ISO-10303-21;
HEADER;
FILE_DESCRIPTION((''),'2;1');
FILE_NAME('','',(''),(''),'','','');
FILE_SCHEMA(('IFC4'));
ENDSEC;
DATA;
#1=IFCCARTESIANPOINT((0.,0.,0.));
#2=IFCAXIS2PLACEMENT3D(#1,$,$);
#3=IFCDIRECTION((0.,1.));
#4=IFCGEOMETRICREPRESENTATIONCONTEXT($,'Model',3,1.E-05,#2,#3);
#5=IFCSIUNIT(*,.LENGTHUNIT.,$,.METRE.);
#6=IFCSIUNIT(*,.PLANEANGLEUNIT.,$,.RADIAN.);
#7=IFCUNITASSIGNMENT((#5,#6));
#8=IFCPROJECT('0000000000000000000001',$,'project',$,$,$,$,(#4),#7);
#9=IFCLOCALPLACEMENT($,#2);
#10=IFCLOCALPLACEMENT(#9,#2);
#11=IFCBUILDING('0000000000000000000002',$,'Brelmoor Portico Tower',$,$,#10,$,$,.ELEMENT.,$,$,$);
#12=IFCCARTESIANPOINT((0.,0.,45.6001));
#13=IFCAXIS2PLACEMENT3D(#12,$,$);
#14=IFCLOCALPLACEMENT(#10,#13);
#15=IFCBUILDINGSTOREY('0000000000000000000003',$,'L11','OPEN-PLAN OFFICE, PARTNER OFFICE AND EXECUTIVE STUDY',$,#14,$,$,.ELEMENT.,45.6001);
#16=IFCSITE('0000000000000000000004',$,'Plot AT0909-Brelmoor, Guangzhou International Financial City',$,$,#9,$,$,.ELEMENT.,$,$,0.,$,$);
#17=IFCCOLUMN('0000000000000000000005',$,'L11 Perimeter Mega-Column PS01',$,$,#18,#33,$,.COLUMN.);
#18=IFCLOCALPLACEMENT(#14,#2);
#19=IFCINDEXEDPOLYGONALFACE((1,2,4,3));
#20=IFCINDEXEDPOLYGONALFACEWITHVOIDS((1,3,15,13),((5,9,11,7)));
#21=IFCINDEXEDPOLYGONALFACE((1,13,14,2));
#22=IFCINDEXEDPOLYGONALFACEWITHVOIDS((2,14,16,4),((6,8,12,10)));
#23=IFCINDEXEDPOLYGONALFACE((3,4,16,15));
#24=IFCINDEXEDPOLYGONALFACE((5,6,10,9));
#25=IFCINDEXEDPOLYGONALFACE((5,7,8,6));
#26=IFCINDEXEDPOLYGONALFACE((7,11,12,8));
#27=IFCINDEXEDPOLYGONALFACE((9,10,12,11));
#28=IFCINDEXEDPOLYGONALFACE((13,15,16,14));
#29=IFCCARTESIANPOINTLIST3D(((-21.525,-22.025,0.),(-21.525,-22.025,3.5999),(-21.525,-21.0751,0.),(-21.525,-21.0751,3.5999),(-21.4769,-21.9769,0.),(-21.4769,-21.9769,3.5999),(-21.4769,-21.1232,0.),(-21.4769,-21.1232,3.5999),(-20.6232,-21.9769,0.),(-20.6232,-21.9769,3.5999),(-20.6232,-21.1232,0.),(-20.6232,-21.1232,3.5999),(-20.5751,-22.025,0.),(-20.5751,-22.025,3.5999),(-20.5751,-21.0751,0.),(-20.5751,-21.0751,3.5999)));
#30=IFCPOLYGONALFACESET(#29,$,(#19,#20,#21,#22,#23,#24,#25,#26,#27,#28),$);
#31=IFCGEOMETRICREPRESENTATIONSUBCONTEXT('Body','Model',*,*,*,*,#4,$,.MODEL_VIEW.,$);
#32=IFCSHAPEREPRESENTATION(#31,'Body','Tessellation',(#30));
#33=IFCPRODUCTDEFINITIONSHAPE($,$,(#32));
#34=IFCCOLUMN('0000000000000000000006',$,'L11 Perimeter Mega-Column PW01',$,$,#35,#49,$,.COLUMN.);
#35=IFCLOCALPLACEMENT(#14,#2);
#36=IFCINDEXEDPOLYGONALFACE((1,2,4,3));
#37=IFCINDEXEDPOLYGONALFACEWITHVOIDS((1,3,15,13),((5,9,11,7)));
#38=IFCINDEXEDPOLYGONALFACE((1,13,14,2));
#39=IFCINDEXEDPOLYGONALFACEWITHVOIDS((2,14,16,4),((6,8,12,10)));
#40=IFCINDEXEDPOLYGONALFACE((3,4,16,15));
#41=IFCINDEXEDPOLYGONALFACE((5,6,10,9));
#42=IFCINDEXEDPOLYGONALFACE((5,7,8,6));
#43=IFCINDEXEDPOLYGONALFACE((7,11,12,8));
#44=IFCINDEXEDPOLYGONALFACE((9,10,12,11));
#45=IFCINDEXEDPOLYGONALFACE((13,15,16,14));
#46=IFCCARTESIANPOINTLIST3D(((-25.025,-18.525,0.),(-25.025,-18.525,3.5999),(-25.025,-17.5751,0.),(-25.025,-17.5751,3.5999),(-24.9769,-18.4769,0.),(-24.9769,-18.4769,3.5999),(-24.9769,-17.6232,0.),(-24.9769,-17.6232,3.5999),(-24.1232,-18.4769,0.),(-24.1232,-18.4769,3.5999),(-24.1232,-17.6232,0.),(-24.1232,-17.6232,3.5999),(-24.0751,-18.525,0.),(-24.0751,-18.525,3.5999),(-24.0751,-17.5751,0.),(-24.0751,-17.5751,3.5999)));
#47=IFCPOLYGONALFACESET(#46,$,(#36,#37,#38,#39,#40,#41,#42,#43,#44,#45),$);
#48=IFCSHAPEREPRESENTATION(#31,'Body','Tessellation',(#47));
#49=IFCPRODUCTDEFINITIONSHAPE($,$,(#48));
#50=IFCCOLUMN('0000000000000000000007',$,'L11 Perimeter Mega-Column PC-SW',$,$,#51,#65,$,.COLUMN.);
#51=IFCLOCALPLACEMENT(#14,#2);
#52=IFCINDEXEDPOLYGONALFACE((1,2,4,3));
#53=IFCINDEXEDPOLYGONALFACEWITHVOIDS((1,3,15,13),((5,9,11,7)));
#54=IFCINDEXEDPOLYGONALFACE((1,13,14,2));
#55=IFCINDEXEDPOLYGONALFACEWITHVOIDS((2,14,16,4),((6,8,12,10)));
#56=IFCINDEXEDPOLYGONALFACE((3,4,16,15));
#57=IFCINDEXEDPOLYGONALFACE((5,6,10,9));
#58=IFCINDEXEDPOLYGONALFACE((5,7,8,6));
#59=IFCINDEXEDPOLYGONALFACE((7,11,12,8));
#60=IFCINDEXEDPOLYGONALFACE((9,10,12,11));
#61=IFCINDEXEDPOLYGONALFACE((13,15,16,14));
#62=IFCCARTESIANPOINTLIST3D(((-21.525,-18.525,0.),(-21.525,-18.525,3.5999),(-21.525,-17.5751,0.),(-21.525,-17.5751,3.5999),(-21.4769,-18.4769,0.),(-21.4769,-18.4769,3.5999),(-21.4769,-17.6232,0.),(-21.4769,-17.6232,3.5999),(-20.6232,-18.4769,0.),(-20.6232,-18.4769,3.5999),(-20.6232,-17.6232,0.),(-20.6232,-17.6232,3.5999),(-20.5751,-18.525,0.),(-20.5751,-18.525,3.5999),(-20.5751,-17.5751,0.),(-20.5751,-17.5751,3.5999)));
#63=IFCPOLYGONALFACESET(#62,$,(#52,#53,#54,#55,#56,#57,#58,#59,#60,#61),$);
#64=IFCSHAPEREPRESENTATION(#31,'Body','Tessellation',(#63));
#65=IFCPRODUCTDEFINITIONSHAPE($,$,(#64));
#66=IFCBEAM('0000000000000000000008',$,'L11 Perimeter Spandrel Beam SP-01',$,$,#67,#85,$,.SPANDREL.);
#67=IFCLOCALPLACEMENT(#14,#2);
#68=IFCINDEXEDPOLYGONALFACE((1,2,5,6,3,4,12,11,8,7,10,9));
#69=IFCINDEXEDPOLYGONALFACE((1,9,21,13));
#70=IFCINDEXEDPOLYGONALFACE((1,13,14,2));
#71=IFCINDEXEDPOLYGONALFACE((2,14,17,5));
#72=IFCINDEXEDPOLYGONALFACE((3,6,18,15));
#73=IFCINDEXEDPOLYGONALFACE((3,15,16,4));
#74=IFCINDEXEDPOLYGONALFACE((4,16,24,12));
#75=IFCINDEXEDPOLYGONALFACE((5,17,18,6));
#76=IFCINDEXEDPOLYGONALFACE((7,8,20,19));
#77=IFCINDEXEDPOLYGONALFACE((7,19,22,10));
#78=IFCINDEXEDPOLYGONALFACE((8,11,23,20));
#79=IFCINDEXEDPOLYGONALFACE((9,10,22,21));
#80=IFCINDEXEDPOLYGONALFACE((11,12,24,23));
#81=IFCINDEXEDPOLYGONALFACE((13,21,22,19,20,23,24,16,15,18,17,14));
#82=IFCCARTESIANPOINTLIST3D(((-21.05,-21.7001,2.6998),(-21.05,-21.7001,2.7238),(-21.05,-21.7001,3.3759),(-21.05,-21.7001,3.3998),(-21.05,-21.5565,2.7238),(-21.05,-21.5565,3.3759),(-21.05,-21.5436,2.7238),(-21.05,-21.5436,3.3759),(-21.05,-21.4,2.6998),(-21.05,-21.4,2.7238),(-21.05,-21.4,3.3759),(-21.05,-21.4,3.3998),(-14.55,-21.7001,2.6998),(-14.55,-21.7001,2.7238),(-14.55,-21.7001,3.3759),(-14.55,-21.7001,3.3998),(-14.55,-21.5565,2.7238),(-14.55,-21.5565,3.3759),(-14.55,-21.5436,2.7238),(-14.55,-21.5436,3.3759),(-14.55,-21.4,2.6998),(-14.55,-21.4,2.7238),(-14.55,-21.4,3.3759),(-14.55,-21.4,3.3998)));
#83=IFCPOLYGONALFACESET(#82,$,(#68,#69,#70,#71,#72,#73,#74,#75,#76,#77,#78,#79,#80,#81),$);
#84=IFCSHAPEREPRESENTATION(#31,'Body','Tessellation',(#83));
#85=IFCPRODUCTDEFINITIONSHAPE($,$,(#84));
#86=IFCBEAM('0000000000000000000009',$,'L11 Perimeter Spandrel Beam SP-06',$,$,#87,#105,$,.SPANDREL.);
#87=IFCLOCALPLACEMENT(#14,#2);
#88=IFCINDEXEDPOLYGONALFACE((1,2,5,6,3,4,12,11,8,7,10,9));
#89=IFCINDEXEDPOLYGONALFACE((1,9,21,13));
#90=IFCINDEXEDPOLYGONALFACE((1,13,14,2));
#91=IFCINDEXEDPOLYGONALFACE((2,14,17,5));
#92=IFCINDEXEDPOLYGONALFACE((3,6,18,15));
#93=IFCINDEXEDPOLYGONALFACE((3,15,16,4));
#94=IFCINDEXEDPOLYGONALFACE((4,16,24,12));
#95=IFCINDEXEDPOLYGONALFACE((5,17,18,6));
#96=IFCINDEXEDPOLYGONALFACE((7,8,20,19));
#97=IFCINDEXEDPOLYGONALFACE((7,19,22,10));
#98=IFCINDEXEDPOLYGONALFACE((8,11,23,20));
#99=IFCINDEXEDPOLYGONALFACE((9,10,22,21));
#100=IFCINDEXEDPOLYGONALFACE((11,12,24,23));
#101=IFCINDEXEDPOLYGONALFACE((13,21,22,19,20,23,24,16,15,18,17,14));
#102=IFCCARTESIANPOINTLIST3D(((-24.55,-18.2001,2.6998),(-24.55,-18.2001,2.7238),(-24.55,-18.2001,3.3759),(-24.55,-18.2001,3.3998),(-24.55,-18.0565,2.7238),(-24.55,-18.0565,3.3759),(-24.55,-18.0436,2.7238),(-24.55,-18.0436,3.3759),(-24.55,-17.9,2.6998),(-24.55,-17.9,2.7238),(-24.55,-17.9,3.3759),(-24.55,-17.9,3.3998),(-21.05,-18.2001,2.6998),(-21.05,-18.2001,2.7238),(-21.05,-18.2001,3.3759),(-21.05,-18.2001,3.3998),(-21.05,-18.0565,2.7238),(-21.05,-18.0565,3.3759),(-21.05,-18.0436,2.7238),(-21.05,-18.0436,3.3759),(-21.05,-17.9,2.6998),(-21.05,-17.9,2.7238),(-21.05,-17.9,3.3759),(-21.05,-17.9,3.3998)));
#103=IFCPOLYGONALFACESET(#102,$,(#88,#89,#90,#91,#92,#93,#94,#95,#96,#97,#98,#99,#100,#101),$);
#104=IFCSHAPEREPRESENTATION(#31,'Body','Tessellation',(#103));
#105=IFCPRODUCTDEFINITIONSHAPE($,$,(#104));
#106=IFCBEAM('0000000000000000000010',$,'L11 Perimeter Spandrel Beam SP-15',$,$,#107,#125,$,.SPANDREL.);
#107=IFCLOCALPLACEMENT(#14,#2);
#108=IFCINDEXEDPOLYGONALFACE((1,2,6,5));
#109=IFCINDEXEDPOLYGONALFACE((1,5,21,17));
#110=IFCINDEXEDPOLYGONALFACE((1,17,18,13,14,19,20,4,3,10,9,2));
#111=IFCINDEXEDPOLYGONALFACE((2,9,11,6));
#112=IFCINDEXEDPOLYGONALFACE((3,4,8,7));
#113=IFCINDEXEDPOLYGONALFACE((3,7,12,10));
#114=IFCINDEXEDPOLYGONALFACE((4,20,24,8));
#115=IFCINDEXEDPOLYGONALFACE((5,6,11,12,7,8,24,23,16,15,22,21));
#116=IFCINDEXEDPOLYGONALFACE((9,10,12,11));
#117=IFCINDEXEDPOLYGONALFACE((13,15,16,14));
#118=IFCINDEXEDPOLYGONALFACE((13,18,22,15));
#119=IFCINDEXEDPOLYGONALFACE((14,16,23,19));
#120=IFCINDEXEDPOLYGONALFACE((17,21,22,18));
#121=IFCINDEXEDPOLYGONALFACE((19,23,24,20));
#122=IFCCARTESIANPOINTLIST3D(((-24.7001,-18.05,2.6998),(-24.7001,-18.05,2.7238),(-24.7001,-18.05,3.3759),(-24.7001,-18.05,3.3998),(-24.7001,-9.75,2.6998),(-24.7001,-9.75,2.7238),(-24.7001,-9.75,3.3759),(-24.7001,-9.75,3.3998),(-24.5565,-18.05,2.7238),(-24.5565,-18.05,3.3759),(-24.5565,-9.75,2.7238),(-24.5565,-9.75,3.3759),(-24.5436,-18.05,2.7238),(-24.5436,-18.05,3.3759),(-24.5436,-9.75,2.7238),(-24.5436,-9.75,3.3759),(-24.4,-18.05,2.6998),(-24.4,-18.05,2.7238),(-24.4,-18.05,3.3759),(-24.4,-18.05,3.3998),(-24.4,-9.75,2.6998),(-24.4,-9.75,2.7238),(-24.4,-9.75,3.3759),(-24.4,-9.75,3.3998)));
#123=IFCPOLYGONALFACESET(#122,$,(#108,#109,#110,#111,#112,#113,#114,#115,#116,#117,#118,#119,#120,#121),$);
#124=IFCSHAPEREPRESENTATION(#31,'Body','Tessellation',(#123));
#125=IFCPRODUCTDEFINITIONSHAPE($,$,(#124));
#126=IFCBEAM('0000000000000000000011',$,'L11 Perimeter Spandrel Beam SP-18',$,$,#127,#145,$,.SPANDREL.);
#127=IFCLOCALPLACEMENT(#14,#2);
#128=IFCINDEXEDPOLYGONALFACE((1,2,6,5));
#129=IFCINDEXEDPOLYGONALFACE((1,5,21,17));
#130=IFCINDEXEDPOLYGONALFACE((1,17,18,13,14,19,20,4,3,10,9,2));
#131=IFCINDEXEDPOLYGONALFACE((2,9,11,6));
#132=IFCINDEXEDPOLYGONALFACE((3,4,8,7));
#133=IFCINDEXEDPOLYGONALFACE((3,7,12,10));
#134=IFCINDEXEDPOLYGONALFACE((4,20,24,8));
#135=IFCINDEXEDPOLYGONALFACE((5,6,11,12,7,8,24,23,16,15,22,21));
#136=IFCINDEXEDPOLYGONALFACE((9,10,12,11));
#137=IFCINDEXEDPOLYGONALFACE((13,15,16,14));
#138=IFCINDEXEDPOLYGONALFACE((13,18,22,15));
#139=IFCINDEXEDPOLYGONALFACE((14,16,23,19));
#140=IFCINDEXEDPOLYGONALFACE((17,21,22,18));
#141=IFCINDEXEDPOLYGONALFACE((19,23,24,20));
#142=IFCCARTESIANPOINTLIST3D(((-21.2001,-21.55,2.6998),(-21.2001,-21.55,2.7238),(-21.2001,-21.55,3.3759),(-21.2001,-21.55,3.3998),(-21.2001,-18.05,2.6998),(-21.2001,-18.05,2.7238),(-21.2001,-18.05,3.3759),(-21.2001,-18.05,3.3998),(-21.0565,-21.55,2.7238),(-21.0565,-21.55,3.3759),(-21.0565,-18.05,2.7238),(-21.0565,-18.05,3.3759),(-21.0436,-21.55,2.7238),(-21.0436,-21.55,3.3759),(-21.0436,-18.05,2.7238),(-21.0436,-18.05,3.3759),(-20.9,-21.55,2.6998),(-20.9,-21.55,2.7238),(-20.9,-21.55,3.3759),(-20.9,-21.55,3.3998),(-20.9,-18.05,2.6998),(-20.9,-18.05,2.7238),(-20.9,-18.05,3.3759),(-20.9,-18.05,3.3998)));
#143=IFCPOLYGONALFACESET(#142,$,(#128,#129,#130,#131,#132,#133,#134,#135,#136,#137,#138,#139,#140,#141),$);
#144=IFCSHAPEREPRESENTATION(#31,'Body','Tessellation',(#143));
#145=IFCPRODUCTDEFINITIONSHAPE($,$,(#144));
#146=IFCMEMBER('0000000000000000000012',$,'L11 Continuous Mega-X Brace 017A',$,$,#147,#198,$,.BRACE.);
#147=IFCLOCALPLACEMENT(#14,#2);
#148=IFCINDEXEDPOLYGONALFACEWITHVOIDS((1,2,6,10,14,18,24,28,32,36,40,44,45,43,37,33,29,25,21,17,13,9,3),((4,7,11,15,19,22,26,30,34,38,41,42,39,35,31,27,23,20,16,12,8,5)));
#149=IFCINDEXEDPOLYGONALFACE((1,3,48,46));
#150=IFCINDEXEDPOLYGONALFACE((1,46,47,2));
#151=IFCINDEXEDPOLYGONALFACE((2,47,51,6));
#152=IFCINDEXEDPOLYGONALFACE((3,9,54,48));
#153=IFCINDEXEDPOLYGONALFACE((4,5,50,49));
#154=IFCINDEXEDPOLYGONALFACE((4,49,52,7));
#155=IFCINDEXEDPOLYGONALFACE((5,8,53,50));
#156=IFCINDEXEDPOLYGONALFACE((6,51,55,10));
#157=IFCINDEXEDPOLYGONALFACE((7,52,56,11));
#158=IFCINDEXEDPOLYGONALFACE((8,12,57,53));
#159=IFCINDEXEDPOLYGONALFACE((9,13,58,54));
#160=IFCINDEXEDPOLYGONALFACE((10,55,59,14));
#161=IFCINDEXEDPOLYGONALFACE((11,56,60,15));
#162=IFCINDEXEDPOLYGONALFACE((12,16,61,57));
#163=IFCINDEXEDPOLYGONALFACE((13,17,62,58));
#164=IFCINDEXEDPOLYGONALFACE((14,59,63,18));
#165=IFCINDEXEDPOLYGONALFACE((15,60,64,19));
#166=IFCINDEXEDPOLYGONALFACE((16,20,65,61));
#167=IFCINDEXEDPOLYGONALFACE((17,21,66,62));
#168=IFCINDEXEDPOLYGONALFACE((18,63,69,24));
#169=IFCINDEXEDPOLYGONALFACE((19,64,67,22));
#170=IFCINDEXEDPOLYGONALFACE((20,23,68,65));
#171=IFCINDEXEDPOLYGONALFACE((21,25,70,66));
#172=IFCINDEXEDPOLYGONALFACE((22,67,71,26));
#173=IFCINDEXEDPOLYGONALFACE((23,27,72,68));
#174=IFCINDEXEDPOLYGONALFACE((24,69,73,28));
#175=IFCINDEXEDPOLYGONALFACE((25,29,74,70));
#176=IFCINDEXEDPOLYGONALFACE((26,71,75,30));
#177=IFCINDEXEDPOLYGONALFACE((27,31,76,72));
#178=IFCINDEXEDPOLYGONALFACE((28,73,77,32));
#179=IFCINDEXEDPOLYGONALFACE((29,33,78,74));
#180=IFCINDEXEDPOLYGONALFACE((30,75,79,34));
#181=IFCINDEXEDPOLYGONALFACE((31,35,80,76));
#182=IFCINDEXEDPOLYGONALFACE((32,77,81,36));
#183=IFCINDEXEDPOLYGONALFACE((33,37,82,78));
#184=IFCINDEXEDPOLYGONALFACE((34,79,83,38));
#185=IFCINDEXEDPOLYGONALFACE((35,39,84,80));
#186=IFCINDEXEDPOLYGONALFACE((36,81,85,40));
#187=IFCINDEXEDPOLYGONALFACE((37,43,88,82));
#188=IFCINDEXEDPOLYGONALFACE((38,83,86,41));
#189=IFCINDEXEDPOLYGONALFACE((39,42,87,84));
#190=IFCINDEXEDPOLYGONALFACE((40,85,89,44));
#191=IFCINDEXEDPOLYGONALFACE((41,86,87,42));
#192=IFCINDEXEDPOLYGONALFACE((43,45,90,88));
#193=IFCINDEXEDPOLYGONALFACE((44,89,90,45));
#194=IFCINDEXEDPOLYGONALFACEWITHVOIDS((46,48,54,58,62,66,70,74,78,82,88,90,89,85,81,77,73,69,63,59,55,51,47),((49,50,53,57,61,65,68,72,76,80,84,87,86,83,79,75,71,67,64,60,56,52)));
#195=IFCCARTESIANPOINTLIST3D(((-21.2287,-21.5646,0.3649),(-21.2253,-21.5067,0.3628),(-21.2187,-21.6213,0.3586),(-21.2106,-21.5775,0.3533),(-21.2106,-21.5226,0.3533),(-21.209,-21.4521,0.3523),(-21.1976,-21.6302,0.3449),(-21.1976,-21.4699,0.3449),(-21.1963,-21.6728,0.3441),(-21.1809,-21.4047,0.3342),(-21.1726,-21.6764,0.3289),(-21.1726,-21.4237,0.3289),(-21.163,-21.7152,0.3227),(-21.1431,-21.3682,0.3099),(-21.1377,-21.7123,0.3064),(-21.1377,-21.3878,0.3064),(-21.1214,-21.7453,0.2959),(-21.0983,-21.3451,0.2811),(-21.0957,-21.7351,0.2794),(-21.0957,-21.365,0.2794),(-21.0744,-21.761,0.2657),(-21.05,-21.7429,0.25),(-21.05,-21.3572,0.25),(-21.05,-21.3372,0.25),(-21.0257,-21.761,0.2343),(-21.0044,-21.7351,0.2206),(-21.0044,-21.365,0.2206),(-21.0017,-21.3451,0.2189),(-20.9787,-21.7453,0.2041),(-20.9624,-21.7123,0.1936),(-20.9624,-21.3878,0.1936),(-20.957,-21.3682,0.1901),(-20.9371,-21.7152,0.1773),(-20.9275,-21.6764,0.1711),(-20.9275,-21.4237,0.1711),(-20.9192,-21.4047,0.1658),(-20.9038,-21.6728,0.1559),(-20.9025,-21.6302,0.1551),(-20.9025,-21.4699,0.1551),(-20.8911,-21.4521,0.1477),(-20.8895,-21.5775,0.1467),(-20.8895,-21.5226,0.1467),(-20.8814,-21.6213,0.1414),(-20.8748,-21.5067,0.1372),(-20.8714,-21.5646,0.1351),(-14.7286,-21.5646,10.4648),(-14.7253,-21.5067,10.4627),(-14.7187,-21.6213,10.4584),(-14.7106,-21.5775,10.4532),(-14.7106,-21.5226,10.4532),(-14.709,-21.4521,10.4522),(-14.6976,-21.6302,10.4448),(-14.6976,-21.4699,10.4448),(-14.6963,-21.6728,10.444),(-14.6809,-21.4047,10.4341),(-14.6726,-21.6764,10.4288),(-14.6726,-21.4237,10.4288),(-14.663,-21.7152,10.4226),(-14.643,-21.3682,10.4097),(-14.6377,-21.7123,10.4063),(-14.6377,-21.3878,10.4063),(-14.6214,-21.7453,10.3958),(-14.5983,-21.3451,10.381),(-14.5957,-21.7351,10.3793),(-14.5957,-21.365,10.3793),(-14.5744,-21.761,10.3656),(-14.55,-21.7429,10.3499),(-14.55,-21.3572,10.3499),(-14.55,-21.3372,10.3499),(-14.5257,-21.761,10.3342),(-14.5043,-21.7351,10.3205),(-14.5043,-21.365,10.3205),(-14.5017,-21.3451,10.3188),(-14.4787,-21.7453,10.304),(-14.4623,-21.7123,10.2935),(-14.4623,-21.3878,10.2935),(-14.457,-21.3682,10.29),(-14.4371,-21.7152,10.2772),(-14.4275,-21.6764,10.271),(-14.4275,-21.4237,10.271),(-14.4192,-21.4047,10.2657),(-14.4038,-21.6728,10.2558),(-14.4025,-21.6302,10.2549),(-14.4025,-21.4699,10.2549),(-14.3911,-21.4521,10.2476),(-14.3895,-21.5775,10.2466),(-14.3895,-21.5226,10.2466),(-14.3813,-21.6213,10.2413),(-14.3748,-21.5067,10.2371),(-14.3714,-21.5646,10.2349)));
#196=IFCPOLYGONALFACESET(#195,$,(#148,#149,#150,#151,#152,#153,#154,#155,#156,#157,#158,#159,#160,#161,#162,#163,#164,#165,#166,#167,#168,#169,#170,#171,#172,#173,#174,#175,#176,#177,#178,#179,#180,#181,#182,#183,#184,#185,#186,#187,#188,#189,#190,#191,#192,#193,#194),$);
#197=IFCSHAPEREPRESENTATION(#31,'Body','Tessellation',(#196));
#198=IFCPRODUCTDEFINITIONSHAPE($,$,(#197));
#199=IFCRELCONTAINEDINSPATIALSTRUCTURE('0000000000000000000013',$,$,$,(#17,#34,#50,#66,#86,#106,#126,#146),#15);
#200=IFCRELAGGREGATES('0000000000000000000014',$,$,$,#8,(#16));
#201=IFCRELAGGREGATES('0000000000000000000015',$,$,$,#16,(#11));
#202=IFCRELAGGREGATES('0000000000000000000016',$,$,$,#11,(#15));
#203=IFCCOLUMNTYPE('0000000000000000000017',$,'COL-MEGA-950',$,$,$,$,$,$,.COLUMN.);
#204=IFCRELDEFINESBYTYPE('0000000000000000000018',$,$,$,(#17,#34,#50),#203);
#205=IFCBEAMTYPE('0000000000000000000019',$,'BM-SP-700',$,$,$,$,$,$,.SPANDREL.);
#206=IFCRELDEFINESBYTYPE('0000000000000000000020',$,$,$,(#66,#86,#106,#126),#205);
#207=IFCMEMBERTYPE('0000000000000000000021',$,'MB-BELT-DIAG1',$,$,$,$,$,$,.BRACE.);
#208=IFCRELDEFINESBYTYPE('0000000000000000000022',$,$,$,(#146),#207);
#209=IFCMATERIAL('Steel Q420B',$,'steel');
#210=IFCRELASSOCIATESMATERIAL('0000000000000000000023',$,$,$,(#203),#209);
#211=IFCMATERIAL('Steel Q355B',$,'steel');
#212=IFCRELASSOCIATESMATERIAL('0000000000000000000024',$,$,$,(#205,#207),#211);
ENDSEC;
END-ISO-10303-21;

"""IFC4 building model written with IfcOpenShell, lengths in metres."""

from ifc_helpers import new_model, si_unit, direction, frame, origin, origin_2d, place, context, subcontext, project, spatial, hollow_rectangle, hollow_circle, i_section, extrude, material, material_profile, profile_set, type_object, element, save


model = new_model("IFC4")

# Units and contexts
model_context = context("Model", 3, precision=1e-05, world=origin(), true_north=direction((0.0, 1.0)))
body_context = subcontext(model_context, "Body", "Model", "MODEL_VIEW")
ifc_project = project(units=[si_unit("LENGTHUNIT", "METRE"), si_unit("PLANEANGLEUNIT", "RADIAN")], contexts=[model_context])

# Site, building, storey
site_placement = place(None, origin())
site = spatial("IfcSite", under=ifc_project, at=site_placement, Name="Plot AT0909-Brelmoor, Guangzhou International Financial City", CompositionType="ELEMENT", RefElevation=0.0)
building_placement = place(site_placement, origin())
building = spatial("IfcBuilding", under=site, at=building_placement, Name="Brelmoor Portico Tower", CompositionType="ELEMENT")
storey_placement = place(building_placement, frame((0.0, 0.0, 45.6001)))
storey = spatial("IfcBuildingStorey", under=building, at=storey_placement, Name="L11", Description="OPEN-PLAN OFFICE, PARTNER OFFICE AND EXECUTIVE STUDY", CompositionType="ELEMENT", Elevation=45.6001)

# Columns
ifc_material_1 = material(Name="Steel Q420B", Category="steel")
ifc_material_profile_1 = material_profile(ifc_material_1, hollow_rectangle(XDim=0.95, YDim=0.95, WallThickness=0.0481, at=origin_2d()), Name="BOX 950x950x48")
ifc_profile_set_1 = profile_set([ifc_material_profile_1], Name="Steel Q420B")
column_type = type_object("IfcColumnType", Name="COL-MEGA-950", PredefinedType="COLUMN", material=ifc_profile_set_1)
for number, where, z_axis, x_axis, name in (
    (1, (-21.05, -21.55, 0.0), (0.0, 0.0, 1.0), (1.0, 0.0, 0.0), "L11 Perimeter Mega-Column PS01"),
    (2, (-24.55, -18.05, 0.0), (0.0, 0.0, 1.0), (0.0, 1.0, 0.0), "L11 Perimeter Mega-Column PW01"),
    (3, (-21.05, -18.05, 0.0), (0.0, 0.0, 1.0), (1.0, 0.0, 0.0), "L11 Perimeter Mega-Column PC-SW"),
):
    element("IfcColumn", number, at=place(storey_placement, frame(where, z_axis=z_axis, x_axis=x_axis)), inside=storey, type_object=column_type, Name=name, PredefinedType="COLUMN", context=body_context, shape_type="SweptSolid", body=[
        extrude(hollow_rectangle(XDim=0.95, YDim=0.95, WallThickness=0.0481, at=origin_2d()), origin(), (0.0, 0.0, 1.0), 3.5999),
    ])

# Beams
ifc_material_2 = material(Name="Steel Q355B", Category="steel")
ifc_material_profile_2 = material_profile(ifc_material_2, i_section(OverallWidth=0.3, OverallDepth=0.7, WebThickness=0.0129, FlangeThickness=0.0239, at=origin_2d()), Name="HN 700x300x13x24")
ifc_profile_set_2 = profile_set([ifc_material_profile_2], Name="Steel Q355B")
beam_type = type_object("IfcBeamType", Name="BM-SP-700", PredefinedType="SPANDREL", material=ifc_profile_set_2)
beam_1_placement = place(storey_placement, frame((-21.05, -21.55, 3.0498), z_axis=(1.0, 0.0, 0.0), x_axis=(0.0, 1.0, 0.0)))
element("IfcBeam", 4, at=beam_1_placement, inside=storey, type_object=beam_type, Name="L11 Perimeter Spandrel Beam SP-01", PredefinedType="SPANDREL", context=body_context, shape_type="SweptSolid", body=[
    extrude(i_section(OverallWidth=0.3, OverallDepth=0.7, WebThickness=0.0129, FlangeThickness=0.0239, at=origin_2d()), origin(), (0.0, 0.0, 1.0), 6.5),
])
beam_2_placement = place(storey_placement, frame((-24.55, -18.05, 3.0498), z_axis=(1.0, 0.0, 0.0), x_axis=(0.0, 1.0, 0.0)))
element("IfcBeam", 5, at=beam_2_placement, inside=storey, type_object=beam_type, Name="L11 Perimeter Spandrel Beam SP-06", PredefinedType="SPANDREL", context=body_context, shape_type="SweptSolid", body=[
    extrude(i_section(OverallWidth=0.3, OverallDepth=0.7, WebThickness=0.0129, FlangeThickness=0.0239, at=origin_2d()), origin(), (0.0, 0.0, 1.0), 3.5),
])
beam_3_placement = place(storey_placement, frame((-24.55, -18.05, 3.0498), z_axis=(0.0, 1.0, 0.0), x_axis=(-1.0, 0.0, 0.0)))
element("IfcBeam", 6, at=beam_3_placement, inside=storey, type_object=beam_type, Name="L11 Perimeter Spandrel Beam SP-15", PredefinedType="SPANDREL", context=body_context, shape_type="SweptSolid", body=[
    extrude(i_section(OverallWidth=0.3, OverallDepth=0.7, WebThickness=0.0129, FlangeThickness=0.0239, at=origin_2d()), origin(), (0.0, 0.0, 1.0), 8.3),
])
beam_4_placement = place(storey_placement, frame((-21.05, -21.55, 3.0498), z_axis=(0.0, 1.0, 0.0), x_axis=(-1.0, 0.0, 0.0)))
element("IfcBeam", 7, at=beam_4_placement, inside=storey, type_object=beam_type, Name="L11 Perimeter Spandrel Beam SP-18", PredefinedType="SPANDREL", context=body_context, shape_type="SweptSolid", body=[
    extrude(i_section(OverallWidth=0.3, OverallDepth=0.7, WebThickness=0.0129, FlangeThickness=0.0239, at=origin_2d()), origin(), (0.0, 0.0, 1.0), 3.5),
])

# Member
ifc_material_profile_3 = material_profile(ifc_material_2, hollow_circle(Radius=0.2129, WallThickness=0.02, at=origin_2d()), Name="CHS 426x20")
ifc_profile_set_3 = profile_set([ifc_material_profile_3], Name="Steel Q355B")
member_type_1 = type_object("IfcMemberType", Name="MB-BELT-DIAG1", PredefinedType="BRACE", material=ifc_profile_set_3)
member_1_placement = place(storey_placement, frame((-21.05, -21.55, 0.25), z_axis=(0.541184, 0.0, 0.840904), x_axis=(0.0, 1.0, 0.0)))
element("IfcMember", 8, at=member_1_placement, inside=storey, type_object=member_type_1, Name="L11 Continuous Mega-X Brace 017A", PredefinedType="BRACE", context=body_context, shape_type="SweptSolid", body=[
    extrude(hollow_circle(Radius=0.2129, WallThickness=0.02, at=origin_2d()), origin(), (0.0, 0.0, 1.0), 12.0107),
])

save(model, "model.ifc")
